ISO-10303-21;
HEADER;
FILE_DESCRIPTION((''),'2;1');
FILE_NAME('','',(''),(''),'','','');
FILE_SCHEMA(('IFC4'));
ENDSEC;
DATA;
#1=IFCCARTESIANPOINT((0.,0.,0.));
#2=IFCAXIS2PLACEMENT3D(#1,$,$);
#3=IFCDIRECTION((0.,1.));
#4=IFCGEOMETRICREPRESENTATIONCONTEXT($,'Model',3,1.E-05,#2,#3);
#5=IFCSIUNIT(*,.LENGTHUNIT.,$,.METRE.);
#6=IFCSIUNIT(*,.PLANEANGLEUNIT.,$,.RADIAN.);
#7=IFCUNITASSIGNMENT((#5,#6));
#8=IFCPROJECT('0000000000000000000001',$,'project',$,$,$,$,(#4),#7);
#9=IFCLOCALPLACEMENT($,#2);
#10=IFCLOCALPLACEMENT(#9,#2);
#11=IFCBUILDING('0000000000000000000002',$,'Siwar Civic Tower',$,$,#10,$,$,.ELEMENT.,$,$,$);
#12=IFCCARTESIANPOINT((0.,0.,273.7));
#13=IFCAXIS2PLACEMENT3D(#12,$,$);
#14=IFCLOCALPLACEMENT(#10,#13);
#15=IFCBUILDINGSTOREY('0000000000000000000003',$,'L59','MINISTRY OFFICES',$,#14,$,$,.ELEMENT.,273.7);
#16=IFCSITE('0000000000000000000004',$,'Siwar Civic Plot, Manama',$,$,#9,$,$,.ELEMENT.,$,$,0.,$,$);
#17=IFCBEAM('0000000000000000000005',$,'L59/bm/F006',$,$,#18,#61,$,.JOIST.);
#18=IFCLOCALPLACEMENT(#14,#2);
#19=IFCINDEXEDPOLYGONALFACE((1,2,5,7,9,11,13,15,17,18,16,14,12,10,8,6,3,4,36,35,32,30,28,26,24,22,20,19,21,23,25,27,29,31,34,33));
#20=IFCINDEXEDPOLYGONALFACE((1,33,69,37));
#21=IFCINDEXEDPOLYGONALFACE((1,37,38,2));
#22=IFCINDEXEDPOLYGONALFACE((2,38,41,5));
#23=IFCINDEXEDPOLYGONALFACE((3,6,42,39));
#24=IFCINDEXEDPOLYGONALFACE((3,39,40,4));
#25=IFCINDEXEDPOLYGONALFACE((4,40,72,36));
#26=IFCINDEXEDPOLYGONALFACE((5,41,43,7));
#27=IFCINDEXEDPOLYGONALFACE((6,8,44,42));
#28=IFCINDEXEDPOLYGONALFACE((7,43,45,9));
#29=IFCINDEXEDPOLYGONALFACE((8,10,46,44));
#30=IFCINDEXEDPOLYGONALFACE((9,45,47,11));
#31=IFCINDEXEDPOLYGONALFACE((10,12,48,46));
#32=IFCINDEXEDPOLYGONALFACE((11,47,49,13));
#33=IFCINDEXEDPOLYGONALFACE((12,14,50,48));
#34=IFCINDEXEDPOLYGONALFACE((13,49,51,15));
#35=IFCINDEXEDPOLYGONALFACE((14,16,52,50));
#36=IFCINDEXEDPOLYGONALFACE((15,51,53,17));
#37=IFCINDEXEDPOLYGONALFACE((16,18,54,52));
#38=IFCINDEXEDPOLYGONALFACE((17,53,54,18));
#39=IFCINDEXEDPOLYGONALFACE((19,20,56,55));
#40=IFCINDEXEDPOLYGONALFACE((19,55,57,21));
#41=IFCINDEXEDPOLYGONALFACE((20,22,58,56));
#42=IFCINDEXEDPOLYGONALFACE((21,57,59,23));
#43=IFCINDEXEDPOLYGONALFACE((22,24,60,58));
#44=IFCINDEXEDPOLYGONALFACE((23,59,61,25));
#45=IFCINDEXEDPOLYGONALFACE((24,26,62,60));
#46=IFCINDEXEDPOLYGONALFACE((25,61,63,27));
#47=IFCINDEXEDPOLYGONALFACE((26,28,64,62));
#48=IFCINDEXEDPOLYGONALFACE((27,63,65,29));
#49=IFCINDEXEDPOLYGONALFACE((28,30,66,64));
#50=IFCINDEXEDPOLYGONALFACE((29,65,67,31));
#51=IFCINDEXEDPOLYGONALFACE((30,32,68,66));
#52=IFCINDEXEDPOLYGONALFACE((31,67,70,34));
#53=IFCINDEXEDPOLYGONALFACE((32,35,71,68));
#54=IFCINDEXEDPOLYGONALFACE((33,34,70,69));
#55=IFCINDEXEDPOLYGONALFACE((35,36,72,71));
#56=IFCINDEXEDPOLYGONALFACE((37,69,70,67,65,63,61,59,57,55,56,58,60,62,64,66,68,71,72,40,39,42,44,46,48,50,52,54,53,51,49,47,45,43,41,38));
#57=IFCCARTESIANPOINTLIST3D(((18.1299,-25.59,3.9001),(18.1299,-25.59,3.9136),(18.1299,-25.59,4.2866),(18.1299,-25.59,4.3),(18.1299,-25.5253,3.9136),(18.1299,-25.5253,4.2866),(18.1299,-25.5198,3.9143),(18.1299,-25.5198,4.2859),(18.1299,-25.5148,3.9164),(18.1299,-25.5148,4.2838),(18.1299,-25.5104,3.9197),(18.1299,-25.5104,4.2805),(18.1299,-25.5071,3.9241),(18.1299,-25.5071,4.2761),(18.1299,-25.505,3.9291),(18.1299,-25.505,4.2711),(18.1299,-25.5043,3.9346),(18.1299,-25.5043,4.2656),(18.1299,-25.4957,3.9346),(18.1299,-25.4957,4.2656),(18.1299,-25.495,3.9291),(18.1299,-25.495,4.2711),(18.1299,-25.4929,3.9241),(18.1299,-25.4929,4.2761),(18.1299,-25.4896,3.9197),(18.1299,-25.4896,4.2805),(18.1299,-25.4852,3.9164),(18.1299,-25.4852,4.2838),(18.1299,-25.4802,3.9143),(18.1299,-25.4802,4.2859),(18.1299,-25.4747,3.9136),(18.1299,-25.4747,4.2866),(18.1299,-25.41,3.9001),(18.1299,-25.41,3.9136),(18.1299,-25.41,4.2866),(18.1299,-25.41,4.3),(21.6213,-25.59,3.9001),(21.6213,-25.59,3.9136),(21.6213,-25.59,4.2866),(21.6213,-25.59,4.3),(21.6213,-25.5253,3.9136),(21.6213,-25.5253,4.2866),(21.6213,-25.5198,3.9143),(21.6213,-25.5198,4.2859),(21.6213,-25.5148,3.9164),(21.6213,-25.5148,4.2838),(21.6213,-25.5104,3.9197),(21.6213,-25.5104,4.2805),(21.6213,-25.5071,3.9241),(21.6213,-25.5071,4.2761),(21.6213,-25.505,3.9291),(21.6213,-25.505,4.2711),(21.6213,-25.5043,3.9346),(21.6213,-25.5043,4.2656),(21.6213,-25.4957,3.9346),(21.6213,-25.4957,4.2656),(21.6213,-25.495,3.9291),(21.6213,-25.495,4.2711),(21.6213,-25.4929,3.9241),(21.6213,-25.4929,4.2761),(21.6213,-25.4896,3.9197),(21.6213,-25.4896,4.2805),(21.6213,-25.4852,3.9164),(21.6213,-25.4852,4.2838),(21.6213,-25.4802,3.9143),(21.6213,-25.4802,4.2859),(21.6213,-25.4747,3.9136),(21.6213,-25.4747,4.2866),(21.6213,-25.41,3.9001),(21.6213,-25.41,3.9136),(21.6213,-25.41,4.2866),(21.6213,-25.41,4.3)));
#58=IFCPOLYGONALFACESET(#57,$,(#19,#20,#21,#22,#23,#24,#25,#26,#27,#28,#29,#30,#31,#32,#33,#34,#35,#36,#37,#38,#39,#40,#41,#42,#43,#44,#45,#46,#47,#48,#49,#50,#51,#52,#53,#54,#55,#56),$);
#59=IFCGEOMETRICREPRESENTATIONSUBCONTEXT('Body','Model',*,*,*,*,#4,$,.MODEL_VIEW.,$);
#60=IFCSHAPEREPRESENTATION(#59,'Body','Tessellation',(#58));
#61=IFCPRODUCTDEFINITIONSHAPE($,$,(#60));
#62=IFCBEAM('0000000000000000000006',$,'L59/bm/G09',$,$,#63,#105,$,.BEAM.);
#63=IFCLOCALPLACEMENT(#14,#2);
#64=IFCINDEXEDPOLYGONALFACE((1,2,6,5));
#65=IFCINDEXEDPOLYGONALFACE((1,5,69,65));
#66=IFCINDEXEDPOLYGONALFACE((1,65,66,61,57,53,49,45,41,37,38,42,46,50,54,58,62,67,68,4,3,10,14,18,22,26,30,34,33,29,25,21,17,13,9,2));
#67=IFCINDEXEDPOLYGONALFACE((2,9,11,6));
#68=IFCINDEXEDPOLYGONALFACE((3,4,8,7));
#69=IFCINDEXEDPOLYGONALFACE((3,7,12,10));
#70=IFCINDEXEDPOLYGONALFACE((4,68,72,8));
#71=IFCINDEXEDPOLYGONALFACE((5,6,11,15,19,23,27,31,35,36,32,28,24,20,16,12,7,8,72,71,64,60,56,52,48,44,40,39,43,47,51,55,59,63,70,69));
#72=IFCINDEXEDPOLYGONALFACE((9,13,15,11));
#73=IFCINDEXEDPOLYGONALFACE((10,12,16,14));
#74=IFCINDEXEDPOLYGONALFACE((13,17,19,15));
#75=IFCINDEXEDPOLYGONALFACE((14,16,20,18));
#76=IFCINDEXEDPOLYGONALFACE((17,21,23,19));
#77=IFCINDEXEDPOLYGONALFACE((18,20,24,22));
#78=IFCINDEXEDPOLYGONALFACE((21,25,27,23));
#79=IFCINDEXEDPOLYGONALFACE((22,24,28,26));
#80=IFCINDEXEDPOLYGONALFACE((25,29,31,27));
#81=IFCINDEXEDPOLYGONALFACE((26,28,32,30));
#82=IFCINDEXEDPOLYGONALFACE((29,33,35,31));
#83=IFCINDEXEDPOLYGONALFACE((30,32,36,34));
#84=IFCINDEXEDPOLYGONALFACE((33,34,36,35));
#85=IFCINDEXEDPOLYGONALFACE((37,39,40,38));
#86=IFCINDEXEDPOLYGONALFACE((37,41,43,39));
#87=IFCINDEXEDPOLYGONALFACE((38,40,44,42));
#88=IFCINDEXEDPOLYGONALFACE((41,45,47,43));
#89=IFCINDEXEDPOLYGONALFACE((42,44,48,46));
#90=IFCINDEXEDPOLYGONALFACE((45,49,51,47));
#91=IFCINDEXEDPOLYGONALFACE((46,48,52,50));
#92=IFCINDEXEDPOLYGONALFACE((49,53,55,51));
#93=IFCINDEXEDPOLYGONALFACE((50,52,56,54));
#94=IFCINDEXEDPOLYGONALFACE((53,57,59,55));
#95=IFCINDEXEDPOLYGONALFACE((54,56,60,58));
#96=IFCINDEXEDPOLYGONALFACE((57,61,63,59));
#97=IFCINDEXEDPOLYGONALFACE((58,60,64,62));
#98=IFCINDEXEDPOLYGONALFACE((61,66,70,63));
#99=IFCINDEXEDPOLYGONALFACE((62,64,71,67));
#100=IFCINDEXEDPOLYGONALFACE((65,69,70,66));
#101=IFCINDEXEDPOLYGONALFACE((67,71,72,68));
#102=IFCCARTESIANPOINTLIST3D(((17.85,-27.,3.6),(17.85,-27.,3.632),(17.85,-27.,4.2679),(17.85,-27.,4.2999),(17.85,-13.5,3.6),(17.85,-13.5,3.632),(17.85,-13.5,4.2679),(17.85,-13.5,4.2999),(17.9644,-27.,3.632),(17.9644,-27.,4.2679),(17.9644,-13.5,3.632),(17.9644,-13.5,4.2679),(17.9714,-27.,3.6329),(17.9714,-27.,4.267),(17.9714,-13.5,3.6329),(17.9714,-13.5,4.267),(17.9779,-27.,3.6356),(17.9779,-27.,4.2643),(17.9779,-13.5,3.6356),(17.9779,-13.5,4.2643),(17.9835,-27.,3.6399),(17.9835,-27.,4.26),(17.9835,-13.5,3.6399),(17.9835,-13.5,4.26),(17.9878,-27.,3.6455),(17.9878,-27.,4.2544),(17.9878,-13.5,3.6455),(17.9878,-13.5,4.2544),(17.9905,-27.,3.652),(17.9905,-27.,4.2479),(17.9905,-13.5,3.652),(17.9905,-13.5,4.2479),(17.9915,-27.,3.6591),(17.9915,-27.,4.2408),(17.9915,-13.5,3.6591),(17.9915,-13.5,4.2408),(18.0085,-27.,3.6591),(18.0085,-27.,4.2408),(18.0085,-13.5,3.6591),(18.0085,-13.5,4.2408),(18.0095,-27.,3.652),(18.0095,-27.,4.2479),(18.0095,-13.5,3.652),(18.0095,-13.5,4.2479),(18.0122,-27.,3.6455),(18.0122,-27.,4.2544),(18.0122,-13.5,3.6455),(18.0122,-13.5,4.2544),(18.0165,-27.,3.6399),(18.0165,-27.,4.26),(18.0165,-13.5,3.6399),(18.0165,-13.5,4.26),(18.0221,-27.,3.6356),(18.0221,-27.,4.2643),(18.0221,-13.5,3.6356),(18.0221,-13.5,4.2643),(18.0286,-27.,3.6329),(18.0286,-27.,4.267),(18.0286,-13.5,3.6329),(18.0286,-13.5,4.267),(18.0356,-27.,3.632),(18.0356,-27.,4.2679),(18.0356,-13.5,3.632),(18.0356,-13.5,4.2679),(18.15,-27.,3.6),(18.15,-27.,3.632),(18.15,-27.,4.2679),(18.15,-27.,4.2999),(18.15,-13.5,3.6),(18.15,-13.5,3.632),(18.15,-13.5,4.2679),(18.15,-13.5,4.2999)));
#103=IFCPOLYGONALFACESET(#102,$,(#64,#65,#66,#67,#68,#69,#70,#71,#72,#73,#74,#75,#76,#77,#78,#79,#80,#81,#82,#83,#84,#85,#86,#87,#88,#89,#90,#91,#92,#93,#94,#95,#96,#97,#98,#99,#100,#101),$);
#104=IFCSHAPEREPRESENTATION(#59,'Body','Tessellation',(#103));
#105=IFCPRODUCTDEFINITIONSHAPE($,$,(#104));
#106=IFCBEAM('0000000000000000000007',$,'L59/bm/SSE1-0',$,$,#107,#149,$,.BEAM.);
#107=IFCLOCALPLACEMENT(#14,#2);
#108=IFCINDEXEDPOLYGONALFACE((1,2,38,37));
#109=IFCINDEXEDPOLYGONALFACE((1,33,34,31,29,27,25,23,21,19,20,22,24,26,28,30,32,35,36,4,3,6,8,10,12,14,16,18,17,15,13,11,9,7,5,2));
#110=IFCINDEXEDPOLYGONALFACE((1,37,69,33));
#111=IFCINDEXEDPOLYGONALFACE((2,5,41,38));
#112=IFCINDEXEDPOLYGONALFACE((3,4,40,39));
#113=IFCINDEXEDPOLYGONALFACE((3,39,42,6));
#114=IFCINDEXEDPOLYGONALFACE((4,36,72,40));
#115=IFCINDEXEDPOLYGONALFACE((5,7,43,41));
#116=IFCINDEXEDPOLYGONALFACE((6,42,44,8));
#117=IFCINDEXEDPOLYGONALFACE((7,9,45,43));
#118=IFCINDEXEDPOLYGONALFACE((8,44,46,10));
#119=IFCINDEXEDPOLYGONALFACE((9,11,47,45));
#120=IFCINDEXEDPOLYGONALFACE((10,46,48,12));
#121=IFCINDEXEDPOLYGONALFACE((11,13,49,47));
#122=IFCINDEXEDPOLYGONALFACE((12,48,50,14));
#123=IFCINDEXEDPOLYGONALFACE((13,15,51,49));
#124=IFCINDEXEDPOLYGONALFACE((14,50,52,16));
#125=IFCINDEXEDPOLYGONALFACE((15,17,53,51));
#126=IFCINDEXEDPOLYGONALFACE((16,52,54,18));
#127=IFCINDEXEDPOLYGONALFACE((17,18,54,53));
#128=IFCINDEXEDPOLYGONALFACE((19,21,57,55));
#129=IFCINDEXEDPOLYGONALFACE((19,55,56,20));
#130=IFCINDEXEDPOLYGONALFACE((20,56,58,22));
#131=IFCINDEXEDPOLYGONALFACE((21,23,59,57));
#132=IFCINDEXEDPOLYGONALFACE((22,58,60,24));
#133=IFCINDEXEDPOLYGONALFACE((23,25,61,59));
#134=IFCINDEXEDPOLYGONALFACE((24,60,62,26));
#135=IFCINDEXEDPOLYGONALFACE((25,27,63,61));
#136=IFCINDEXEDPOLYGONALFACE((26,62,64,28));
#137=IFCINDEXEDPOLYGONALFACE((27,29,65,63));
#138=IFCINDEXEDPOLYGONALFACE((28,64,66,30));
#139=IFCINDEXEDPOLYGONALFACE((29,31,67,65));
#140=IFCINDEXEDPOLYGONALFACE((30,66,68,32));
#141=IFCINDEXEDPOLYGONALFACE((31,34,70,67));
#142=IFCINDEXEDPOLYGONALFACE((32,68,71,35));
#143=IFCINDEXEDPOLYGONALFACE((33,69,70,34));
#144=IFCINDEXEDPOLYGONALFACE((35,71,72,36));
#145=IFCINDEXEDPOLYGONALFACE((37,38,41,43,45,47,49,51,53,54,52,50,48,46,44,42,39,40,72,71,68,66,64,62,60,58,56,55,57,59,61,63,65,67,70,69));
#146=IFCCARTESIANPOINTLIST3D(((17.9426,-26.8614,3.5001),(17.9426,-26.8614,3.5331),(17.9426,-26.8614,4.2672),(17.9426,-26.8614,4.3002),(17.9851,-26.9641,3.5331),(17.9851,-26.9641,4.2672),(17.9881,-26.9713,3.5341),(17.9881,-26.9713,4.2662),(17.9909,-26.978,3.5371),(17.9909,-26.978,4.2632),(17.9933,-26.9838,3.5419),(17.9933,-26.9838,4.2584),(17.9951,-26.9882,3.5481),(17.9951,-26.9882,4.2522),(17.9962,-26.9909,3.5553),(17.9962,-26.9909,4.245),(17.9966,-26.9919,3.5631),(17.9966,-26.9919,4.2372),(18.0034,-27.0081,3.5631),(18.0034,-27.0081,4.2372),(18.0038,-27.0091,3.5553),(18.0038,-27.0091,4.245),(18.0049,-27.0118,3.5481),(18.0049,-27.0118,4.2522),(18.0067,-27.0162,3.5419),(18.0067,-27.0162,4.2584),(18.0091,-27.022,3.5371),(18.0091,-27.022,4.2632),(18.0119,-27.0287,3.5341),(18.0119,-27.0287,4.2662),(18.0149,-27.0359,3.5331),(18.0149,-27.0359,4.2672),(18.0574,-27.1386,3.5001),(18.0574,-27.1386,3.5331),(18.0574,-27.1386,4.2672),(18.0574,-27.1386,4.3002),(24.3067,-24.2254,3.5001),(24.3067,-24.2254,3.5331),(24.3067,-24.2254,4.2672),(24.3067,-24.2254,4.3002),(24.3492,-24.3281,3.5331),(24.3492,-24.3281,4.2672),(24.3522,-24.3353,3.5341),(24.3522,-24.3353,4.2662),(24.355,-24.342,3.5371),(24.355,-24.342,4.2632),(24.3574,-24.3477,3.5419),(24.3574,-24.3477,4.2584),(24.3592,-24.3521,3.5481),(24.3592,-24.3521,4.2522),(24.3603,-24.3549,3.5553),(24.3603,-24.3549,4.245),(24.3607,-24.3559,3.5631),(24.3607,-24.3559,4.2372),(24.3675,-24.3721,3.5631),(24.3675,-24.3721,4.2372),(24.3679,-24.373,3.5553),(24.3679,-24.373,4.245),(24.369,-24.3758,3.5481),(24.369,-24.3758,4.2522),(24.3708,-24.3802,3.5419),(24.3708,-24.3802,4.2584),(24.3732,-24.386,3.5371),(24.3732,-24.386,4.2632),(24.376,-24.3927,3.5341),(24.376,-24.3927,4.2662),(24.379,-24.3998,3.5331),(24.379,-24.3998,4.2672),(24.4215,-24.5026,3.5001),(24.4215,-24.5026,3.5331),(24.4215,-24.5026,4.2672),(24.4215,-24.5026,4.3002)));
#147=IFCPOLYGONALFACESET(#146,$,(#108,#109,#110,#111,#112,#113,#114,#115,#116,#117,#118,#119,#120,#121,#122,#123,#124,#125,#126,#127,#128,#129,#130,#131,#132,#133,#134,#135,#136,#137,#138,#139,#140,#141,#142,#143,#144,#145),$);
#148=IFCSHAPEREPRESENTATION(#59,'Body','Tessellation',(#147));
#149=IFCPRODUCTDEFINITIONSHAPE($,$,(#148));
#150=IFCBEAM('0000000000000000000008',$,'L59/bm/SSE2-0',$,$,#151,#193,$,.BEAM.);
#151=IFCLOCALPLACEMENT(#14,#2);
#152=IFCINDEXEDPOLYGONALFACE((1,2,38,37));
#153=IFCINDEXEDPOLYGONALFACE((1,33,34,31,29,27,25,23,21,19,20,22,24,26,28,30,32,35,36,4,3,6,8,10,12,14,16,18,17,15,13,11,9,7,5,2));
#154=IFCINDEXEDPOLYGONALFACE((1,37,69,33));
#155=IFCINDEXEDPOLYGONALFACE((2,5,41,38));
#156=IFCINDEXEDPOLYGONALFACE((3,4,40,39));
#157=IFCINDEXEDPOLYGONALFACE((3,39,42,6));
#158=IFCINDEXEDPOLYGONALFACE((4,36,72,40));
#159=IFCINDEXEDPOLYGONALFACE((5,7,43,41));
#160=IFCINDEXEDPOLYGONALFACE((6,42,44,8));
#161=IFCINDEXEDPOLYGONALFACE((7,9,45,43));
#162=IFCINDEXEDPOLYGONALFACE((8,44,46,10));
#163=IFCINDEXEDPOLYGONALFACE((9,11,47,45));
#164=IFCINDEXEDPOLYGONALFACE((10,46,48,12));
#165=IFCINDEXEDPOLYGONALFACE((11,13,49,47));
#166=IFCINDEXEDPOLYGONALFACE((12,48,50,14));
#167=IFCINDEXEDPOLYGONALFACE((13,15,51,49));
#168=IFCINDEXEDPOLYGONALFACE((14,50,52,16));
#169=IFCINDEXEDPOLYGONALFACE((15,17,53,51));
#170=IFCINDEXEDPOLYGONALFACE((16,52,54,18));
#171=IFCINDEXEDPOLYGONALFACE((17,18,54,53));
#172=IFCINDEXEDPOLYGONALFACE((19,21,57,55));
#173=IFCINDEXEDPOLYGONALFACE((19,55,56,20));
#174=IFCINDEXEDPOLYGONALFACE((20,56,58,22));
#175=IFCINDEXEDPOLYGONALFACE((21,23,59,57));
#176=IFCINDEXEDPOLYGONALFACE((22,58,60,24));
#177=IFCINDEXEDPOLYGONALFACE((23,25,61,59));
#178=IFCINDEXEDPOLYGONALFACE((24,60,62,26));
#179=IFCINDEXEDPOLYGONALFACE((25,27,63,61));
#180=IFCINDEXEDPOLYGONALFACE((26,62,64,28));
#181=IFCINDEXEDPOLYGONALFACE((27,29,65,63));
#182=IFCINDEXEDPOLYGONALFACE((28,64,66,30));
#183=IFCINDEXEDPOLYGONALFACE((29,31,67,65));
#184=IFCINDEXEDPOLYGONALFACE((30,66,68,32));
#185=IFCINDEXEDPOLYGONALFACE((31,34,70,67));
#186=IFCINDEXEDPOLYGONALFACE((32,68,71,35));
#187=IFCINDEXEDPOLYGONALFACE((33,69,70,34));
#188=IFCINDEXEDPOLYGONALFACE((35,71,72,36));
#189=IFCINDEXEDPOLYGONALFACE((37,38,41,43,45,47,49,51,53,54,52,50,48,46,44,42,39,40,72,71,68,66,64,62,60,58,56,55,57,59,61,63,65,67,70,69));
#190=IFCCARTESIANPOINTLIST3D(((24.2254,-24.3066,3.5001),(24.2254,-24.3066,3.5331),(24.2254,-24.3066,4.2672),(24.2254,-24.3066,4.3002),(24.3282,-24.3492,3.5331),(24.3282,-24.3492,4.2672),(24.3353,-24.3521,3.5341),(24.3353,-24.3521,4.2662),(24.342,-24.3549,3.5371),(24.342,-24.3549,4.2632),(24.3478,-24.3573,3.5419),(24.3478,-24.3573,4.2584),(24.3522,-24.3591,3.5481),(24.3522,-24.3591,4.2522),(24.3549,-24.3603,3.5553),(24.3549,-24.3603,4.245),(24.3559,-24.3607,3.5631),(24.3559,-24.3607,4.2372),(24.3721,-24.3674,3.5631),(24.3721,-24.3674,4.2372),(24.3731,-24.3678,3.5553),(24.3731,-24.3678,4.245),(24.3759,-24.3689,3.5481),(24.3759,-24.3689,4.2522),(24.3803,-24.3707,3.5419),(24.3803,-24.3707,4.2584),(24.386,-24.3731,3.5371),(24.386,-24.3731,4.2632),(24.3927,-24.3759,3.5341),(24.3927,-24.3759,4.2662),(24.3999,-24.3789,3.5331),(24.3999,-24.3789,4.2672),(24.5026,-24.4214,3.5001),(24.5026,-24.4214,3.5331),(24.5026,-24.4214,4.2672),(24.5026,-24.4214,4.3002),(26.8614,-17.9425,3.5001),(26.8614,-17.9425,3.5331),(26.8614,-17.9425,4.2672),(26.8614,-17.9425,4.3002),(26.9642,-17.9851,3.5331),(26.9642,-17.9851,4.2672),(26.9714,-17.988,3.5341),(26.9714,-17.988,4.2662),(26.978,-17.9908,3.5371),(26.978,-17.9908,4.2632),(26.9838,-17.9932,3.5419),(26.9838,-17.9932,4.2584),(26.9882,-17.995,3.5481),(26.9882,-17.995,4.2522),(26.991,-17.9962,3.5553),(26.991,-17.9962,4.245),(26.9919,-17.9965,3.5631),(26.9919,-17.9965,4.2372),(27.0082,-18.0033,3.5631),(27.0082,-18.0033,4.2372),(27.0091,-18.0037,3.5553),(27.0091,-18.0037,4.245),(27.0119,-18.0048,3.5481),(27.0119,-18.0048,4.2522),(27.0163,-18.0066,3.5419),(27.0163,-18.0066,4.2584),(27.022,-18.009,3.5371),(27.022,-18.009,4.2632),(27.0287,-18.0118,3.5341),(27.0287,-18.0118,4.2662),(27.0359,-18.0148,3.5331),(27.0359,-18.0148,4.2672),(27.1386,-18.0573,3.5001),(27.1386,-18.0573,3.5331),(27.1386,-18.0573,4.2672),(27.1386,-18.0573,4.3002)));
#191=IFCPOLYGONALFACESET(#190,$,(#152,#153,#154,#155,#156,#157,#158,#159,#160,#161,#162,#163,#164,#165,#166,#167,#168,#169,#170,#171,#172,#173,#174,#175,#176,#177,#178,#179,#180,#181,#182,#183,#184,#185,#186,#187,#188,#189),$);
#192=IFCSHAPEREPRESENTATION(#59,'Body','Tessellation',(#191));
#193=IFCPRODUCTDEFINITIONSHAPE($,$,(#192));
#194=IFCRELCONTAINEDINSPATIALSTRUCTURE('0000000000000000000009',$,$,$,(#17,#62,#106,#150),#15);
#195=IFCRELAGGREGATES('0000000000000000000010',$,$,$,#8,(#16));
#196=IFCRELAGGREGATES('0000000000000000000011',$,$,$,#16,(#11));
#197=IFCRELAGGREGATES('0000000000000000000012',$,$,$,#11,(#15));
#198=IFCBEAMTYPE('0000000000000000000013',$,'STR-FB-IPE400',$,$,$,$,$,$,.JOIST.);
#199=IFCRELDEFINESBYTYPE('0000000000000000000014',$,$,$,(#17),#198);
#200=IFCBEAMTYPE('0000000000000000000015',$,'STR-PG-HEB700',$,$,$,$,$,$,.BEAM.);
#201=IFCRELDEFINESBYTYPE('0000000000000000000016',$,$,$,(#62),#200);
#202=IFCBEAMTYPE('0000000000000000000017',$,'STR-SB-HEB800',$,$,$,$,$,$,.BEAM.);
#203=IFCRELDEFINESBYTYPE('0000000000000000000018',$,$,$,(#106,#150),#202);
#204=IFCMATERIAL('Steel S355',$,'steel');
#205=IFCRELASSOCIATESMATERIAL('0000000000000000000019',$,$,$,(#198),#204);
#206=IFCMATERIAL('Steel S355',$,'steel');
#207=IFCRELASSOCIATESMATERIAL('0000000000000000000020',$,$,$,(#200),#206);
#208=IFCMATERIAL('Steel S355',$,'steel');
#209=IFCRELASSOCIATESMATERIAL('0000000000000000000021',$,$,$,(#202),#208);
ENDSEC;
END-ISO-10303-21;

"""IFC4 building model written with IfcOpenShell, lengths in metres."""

from ifc_helpers import new_model, si_unit, direction, frame, origin, origin_2d, place, context, subcontext, project, spatial, i_section, extrude, material, material_profile, profile_set, type_object, element, save


model = new_model("IFC4")

# Units and contexts
model_context = context("Model", 3, precision=1e-05, world=origin(), true_north=direction((0.0, 1.0)))
body_context = subcontext(model_context, "Body", "Model", "MODEL_VIEW")
ifc_project = project(units=[si_unit("LENGTHUNIT", "METRE"), si_unit("PLANEANGLEUNIT", "RADIAN")], contexts=[model_context])

# Site, building, storey
site_placement = place(None, origin())
site = spatial("IfcSite", under=ifc_project, at=site_placement, Name="Siwar Civic Plot, Manama", CompositionType="ELEMENT", RefElevation=0.0)
building_placement = place(site_placement, origin())
building = spatial("IfcBuilding", under=site, at=building_placement, Name="Siwar Civic Tower", CompositionType="ELEMENT")
storey_placement = place(building_placement, frame((0.0, 0.0, 273.7)))
storey = spatial("IfcBuildingStorey", under=building, at=storey_placement, Name="L59", Description="MINISTRY OFFICES", CompositionType="ELEMENT", Elevation=273.7)

# Beams
ifc_material_1 = material(Name="Steel S355", Category="steel")
ifc_material_profile_1 = material_profile(ifc_material_1, i_section(OverallWidth=0.1799, OverallDepth=0.3999, WebThickness=0.0085, FlangeThickness=0.0134, FilletRadius=0.021, at=origin_2d()), Name="IPE400")
ifc_profile_set_1 = profile_set([ifc_material_profile_1], Name="Steel S355")
beam_type_1 = type_object("IfcBeamType", Name="STR-FB-IPE400", PredefinedType="JOIST", material=ifc_profile_set_1)
beam_1_placement = place(storey_placement, frame((18.1299, -25.5, 4.1001), z_axis=(1.0, 0.0, 0.0), x_axis=(0.0, 1.0, 0.0)))
element("IfcBeam", 1, at=beam_1_placement, inside=storey, type_object=beam_type_1, Name="L59/bm/F006", PredefinedType="JOIST", context=body_context, shape_type="SweptSolid", body=[
    extrude(i_section(OverallWidth=0.1799, OverallDepth=0.3999, WebThickness=0.0085, FlangeThickness=0.0134, FilletRadius=0.021, at=origin_2d()), origin(), (0.0, 0.0, 1.0), 3.4915),
])
ifc_material_2 = material(Name="Steel S355", Category="steel")
ifc_material_profile_2 = material_profile(ifc_material_2, i_section(OverallWidth=0.3, OverallDepth=0.7, WebThickness=0.0171, FlangeThickness=0.032, FilletRadius=0.0271, at=origin_2d()), Name="HEB700")
ifc_profile_set_2 = profile_set([ifc_material_profile_2], Name="Steel S355")
beam_type_2 = type_object("IfcBeamType", Name="STR-PG-HEB700", PredefinedType="BEAM", material=ifc_profile_set_2)
beam_2_placement = place(storey_placement, frame((18.0, -27.0, 3.95), z_axis=(0.0, 1.0, 0.0), x_axis=(-1.0, 0.0, 0.0)))
element("IfcBeam", 2, at=beam_2_placement, inside=storey, type_object=beam_type_2, Name="L59/bm/G09", PredefinedType="BEAM", context=body_context, shape_type="SweptSolid", body=[
    extrude(i_section(OverallWidth=0.3, OverallDepth=0.7, WebThickness=0.0171, FlangeThickness=0.032, FilletRadius=0.0271, at=origin_2d()), origin(), (0.0, 0.0, 1.0), 13.5),
])
ifc_material_3 = material(Name="Steel S355", Category="steel")
ifc_material_profile_3 = material_profile(ifc_material_3, i_section(OverallWidth=0.3, OverallDepth=0.8, WebThickness=0.0176, FlangeThickness=0.033, FilletRadius=0.03, at=origin_2d()), Name="HEB800")
ifc_profile_set_3 = profile_set([ifc_material_profile_3], Name="Steel S355")
beam_type_3 = type_object("IfcBeamType", Name="STR-SB-HEB800", PredefinedType="BEAM", material=ifc_profile_set_3)
for number, where, z_axis, x_axis, name in (
    (3, (18.0, -27.0, 3.9001), (0.923883, 0.382674, 0.0), (-0.382674, 0.923883, 0.0), "L59/bm/SSE1-0"),
    (4, (24.364, -24.364, 3.9001), (0.382674, 0.923883, 0.0), (-0.923883, 0.382674, 0.0), "L59/bm/SSE2-0"),
):
    element("IfcBeam", number, at=place(storey_placement, frame(where, z_axis=z_axis, x_axis=x_axis)), inside=storey, type_object=beam_type_3, Name=name, PredefinedType="BEAM", context=body_context, shape_type="SweptSolid", body=[
        extrude(i_section(OverallWidth=0.3, OverallDepth=0.8, WebThickness=0.0176, FlangeThickness=0.033, FilletRadius=0.03, at=origin_2d()), origin(), (0.0, 0.0, 1.0), 6.8884),
    ])

save(model, "model.ifc")
